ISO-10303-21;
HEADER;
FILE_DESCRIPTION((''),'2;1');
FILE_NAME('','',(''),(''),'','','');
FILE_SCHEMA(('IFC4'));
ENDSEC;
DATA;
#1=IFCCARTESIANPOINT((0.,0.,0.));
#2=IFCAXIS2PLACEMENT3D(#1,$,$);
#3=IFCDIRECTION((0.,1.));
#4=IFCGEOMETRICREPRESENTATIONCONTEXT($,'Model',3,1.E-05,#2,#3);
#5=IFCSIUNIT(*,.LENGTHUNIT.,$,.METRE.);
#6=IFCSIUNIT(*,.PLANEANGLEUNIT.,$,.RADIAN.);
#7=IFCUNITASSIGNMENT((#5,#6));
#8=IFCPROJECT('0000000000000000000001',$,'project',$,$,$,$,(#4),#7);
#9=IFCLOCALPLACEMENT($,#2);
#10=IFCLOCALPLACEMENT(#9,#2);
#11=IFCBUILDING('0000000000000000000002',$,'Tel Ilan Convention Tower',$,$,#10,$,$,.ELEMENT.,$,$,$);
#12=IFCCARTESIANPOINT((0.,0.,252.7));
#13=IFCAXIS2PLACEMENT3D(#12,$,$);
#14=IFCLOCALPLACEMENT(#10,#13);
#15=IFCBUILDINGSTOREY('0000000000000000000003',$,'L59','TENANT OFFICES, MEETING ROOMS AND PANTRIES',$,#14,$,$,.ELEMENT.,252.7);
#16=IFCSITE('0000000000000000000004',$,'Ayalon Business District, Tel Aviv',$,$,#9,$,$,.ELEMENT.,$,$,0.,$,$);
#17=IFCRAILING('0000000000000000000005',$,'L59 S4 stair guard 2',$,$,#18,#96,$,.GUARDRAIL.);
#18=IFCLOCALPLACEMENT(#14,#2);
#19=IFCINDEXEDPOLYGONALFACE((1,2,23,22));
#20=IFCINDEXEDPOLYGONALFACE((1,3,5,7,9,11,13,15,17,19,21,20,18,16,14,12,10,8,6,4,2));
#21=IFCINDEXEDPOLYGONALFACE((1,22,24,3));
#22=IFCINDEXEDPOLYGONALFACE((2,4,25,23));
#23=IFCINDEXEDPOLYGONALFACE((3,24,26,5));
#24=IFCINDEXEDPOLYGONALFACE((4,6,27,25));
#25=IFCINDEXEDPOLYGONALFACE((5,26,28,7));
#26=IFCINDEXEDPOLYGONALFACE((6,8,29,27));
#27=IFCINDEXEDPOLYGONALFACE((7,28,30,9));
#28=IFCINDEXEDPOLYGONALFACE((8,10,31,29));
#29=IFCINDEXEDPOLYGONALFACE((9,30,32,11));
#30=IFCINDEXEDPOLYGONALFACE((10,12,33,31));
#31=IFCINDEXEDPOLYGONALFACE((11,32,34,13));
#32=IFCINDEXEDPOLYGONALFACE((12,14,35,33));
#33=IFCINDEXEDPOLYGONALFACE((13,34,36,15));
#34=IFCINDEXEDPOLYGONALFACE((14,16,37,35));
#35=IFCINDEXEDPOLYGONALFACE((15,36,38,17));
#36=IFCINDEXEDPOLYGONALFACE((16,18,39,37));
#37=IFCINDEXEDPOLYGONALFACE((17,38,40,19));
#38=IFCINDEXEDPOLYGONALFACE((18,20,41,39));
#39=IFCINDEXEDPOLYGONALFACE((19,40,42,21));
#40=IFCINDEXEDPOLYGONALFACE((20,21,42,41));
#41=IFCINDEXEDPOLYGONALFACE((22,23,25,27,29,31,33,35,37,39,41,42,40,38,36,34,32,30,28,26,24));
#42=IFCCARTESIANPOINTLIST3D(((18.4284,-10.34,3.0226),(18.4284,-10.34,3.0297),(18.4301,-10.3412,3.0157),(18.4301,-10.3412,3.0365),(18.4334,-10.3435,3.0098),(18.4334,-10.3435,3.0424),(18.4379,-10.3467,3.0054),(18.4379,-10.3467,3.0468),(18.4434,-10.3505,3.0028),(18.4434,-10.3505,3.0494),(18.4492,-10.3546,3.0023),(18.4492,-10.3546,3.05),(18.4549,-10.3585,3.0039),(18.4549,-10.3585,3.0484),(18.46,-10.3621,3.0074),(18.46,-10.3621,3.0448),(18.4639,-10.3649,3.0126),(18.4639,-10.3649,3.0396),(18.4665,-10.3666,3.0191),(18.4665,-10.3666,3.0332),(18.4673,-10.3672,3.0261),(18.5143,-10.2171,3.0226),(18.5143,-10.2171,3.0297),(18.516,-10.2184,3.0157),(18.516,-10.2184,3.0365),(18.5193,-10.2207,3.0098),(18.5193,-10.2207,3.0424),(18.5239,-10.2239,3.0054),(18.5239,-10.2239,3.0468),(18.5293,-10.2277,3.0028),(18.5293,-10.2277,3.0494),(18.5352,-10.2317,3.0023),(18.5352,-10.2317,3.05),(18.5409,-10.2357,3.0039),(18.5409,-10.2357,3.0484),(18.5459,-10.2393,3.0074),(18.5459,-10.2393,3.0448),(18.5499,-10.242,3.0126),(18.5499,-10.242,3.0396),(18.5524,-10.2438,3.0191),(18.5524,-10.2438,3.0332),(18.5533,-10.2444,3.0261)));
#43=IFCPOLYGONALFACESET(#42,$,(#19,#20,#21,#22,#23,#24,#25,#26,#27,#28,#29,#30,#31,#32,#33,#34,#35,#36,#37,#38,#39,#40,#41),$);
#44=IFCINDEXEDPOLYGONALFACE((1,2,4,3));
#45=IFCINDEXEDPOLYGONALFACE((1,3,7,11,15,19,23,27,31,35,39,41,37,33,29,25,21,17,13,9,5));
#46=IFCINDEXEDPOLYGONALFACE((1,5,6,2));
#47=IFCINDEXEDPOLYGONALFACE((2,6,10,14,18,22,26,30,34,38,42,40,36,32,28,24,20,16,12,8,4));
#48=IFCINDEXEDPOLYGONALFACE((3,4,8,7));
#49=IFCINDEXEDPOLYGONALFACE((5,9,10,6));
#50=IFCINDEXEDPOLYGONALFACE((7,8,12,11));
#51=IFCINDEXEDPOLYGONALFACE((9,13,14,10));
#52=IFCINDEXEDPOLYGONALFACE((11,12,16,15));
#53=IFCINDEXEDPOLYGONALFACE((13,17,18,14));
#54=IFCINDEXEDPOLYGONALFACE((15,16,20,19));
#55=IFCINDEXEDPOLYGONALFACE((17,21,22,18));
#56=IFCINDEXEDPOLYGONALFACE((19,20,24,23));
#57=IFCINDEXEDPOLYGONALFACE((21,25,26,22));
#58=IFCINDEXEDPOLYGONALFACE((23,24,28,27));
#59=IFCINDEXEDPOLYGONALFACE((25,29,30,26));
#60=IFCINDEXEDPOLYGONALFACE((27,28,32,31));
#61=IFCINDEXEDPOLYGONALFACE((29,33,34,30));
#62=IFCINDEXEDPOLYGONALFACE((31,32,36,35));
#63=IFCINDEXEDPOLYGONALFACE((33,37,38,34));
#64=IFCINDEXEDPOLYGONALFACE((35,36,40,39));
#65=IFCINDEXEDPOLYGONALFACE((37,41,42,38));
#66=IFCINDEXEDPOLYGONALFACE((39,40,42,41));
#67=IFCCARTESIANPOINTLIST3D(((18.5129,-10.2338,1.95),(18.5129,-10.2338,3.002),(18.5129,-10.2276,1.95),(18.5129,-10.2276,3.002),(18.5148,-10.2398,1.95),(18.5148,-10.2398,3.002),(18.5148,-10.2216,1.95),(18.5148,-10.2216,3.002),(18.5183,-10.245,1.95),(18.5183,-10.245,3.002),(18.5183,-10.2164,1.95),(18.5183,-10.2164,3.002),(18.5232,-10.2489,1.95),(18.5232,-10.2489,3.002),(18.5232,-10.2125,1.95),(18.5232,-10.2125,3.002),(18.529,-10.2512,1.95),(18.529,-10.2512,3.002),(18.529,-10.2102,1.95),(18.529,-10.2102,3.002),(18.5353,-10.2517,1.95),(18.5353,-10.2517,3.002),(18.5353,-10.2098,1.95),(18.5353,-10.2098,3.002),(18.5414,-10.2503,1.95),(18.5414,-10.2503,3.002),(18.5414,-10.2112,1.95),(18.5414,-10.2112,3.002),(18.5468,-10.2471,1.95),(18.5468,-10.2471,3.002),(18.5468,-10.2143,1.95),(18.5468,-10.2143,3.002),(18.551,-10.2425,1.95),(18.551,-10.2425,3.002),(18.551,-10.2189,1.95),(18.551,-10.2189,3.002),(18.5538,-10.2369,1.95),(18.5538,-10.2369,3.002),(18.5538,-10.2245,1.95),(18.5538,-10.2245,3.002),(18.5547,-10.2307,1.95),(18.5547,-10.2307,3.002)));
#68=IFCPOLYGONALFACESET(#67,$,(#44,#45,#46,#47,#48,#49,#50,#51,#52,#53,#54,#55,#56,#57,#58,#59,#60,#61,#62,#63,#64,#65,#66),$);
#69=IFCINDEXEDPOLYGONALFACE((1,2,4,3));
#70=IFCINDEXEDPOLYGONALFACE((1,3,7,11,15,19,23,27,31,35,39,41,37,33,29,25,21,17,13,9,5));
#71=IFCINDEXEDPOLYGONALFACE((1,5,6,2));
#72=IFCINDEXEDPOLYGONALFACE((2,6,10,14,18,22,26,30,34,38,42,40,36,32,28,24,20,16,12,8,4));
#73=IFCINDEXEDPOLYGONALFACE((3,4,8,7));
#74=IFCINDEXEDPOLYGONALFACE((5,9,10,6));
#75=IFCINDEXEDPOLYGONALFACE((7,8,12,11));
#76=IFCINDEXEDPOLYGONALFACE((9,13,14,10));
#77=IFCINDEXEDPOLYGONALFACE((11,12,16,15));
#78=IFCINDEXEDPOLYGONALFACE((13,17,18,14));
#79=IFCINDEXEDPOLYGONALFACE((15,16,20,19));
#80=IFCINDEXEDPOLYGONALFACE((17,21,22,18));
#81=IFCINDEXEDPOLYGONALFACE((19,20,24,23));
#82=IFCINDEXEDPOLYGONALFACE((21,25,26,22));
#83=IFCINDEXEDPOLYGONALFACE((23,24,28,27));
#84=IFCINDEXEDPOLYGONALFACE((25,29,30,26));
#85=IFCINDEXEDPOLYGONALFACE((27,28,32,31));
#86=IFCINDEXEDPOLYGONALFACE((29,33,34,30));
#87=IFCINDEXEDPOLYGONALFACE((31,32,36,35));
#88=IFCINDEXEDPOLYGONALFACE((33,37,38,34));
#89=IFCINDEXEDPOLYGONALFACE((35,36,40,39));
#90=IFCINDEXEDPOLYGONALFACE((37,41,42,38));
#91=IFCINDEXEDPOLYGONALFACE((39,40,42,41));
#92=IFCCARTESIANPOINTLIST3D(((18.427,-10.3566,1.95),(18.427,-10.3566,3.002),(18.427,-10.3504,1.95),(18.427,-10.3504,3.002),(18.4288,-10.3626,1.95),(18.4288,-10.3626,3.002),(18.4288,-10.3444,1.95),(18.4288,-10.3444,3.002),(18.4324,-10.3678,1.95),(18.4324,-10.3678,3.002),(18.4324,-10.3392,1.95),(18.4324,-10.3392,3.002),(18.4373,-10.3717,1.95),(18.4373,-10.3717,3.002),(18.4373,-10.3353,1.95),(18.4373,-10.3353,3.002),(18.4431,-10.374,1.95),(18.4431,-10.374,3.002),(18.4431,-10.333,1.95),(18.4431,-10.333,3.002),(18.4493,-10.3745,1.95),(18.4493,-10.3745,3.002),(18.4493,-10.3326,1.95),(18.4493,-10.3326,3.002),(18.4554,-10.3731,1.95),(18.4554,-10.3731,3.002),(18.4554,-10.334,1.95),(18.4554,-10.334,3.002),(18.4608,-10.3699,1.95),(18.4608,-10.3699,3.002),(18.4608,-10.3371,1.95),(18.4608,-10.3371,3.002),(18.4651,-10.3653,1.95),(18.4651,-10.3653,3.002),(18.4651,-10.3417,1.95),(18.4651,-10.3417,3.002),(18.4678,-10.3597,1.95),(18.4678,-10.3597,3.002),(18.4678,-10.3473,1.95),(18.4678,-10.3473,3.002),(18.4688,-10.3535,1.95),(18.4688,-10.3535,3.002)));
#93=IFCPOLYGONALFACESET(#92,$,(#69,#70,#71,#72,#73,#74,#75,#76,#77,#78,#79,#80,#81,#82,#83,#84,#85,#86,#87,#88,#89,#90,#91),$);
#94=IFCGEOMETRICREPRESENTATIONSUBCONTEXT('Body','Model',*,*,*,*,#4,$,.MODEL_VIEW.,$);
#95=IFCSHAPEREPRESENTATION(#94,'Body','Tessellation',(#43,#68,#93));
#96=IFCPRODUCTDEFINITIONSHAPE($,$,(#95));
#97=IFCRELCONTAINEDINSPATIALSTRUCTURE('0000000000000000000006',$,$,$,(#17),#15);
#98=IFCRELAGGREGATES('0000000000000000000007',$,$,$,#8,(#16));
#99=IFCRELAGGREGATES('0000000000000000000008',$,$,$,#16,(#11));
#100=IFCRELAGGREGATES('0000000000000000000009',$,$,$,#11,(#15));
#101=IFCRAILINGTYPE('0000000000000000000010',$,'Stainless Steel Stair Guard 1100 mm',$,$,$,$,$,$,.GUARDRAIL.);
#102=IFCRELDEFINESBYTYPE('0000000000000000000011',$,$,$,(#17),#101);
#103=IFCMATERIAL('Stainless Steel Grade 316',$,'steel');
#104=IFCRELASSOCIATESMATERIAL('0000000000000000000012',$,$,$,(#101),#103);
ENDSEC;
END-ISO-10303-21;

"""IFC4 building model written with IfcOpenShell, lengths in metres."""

from ifc_helpers import new_model, si_unit, direction, frame, origin, origin_2d, place, context, subcontext, project, spatial, circle, extrude, material, type_object, element, save


model = new_model("IFC4")

# Units and contexts
model_context = context("Model", 3, precision=1e-05, world=origin(), true_north=direction((0.0, 1.0)))
body_context = subcontext(model_context, "Body", "Model", "MODEL_VIEW")
ifc_project = project(units=[si_unit("LENGTHUNIT", "METRE"), si_unit("PLANEANGLEUNIT", "RADIAN")], contexts=[model_context])

# Site, building, storey
site_placement = place(None, origin())
site = spatial("IfcSite", under=ifc_project, at=site_placement, Name="Ayalon Business District, Tel Aviv", CompositionType="ELEMENT", RefElevation=0.0)
building_placement = place(site_placement, origin())
building = spatial("IfcBuilding", under=site, at=building_placement, Name="Tel Ilan Convention Tower", CompositionType="ELEMENT")
storey_placement = place(building_placement, frame((0.0, 0.0, 252.7)))
storey = spatial("IfcBuildingStorey", under=building, at=storey_placement, Name="L59", Description="TENANT OFFICES, MEETING ROOMS AND PANTRIES", CompositionType="ELEMENT", Elevation=252.7)

# Railing
ifc_material_1 = material(Name="Stainless Steel Grade 316", Category="steel")
railing_type_1 = type_object("IfcRailingType", Name="Stainless Steel Stair Guard 1100 mm", PredefinedType="GUARDRAIL", material=ifc_material_1)
railing_1_placement = place(storey_placement, frame((18.5337, -10.2307, 1.95)))
element("IfcRailing", 1, at=railing_1_placement, inside=storey, type_object=railing_type_1, Name="L59 S4 stair guard 2", PredefinedType="GUARDRAIL", context=body_context, shape_type="SweptSolid", body=[
    extrude(circle(Radius=0.0239, at=origin_2d()), frame((0.0, 0.0, 1.0762), z_axis=(-0.573353, -0.819308, 0.0), x_axis=(0.819308, -0.573353, 0.0)), (0.0, 0.0, 1.0), 0.1499),
    extrude(circle(Radius=0.021, at=origin_2d()), origin(), (0.0, 0.0, 1.0), 1.052),
    extrude(circle(Radius=0.021, at=origin_2d()), frame((-0.0859, -0.1228, 0.0)), (0.0, 0.0, 1.0), 1.052),
])

save(model, "model.ifc")
